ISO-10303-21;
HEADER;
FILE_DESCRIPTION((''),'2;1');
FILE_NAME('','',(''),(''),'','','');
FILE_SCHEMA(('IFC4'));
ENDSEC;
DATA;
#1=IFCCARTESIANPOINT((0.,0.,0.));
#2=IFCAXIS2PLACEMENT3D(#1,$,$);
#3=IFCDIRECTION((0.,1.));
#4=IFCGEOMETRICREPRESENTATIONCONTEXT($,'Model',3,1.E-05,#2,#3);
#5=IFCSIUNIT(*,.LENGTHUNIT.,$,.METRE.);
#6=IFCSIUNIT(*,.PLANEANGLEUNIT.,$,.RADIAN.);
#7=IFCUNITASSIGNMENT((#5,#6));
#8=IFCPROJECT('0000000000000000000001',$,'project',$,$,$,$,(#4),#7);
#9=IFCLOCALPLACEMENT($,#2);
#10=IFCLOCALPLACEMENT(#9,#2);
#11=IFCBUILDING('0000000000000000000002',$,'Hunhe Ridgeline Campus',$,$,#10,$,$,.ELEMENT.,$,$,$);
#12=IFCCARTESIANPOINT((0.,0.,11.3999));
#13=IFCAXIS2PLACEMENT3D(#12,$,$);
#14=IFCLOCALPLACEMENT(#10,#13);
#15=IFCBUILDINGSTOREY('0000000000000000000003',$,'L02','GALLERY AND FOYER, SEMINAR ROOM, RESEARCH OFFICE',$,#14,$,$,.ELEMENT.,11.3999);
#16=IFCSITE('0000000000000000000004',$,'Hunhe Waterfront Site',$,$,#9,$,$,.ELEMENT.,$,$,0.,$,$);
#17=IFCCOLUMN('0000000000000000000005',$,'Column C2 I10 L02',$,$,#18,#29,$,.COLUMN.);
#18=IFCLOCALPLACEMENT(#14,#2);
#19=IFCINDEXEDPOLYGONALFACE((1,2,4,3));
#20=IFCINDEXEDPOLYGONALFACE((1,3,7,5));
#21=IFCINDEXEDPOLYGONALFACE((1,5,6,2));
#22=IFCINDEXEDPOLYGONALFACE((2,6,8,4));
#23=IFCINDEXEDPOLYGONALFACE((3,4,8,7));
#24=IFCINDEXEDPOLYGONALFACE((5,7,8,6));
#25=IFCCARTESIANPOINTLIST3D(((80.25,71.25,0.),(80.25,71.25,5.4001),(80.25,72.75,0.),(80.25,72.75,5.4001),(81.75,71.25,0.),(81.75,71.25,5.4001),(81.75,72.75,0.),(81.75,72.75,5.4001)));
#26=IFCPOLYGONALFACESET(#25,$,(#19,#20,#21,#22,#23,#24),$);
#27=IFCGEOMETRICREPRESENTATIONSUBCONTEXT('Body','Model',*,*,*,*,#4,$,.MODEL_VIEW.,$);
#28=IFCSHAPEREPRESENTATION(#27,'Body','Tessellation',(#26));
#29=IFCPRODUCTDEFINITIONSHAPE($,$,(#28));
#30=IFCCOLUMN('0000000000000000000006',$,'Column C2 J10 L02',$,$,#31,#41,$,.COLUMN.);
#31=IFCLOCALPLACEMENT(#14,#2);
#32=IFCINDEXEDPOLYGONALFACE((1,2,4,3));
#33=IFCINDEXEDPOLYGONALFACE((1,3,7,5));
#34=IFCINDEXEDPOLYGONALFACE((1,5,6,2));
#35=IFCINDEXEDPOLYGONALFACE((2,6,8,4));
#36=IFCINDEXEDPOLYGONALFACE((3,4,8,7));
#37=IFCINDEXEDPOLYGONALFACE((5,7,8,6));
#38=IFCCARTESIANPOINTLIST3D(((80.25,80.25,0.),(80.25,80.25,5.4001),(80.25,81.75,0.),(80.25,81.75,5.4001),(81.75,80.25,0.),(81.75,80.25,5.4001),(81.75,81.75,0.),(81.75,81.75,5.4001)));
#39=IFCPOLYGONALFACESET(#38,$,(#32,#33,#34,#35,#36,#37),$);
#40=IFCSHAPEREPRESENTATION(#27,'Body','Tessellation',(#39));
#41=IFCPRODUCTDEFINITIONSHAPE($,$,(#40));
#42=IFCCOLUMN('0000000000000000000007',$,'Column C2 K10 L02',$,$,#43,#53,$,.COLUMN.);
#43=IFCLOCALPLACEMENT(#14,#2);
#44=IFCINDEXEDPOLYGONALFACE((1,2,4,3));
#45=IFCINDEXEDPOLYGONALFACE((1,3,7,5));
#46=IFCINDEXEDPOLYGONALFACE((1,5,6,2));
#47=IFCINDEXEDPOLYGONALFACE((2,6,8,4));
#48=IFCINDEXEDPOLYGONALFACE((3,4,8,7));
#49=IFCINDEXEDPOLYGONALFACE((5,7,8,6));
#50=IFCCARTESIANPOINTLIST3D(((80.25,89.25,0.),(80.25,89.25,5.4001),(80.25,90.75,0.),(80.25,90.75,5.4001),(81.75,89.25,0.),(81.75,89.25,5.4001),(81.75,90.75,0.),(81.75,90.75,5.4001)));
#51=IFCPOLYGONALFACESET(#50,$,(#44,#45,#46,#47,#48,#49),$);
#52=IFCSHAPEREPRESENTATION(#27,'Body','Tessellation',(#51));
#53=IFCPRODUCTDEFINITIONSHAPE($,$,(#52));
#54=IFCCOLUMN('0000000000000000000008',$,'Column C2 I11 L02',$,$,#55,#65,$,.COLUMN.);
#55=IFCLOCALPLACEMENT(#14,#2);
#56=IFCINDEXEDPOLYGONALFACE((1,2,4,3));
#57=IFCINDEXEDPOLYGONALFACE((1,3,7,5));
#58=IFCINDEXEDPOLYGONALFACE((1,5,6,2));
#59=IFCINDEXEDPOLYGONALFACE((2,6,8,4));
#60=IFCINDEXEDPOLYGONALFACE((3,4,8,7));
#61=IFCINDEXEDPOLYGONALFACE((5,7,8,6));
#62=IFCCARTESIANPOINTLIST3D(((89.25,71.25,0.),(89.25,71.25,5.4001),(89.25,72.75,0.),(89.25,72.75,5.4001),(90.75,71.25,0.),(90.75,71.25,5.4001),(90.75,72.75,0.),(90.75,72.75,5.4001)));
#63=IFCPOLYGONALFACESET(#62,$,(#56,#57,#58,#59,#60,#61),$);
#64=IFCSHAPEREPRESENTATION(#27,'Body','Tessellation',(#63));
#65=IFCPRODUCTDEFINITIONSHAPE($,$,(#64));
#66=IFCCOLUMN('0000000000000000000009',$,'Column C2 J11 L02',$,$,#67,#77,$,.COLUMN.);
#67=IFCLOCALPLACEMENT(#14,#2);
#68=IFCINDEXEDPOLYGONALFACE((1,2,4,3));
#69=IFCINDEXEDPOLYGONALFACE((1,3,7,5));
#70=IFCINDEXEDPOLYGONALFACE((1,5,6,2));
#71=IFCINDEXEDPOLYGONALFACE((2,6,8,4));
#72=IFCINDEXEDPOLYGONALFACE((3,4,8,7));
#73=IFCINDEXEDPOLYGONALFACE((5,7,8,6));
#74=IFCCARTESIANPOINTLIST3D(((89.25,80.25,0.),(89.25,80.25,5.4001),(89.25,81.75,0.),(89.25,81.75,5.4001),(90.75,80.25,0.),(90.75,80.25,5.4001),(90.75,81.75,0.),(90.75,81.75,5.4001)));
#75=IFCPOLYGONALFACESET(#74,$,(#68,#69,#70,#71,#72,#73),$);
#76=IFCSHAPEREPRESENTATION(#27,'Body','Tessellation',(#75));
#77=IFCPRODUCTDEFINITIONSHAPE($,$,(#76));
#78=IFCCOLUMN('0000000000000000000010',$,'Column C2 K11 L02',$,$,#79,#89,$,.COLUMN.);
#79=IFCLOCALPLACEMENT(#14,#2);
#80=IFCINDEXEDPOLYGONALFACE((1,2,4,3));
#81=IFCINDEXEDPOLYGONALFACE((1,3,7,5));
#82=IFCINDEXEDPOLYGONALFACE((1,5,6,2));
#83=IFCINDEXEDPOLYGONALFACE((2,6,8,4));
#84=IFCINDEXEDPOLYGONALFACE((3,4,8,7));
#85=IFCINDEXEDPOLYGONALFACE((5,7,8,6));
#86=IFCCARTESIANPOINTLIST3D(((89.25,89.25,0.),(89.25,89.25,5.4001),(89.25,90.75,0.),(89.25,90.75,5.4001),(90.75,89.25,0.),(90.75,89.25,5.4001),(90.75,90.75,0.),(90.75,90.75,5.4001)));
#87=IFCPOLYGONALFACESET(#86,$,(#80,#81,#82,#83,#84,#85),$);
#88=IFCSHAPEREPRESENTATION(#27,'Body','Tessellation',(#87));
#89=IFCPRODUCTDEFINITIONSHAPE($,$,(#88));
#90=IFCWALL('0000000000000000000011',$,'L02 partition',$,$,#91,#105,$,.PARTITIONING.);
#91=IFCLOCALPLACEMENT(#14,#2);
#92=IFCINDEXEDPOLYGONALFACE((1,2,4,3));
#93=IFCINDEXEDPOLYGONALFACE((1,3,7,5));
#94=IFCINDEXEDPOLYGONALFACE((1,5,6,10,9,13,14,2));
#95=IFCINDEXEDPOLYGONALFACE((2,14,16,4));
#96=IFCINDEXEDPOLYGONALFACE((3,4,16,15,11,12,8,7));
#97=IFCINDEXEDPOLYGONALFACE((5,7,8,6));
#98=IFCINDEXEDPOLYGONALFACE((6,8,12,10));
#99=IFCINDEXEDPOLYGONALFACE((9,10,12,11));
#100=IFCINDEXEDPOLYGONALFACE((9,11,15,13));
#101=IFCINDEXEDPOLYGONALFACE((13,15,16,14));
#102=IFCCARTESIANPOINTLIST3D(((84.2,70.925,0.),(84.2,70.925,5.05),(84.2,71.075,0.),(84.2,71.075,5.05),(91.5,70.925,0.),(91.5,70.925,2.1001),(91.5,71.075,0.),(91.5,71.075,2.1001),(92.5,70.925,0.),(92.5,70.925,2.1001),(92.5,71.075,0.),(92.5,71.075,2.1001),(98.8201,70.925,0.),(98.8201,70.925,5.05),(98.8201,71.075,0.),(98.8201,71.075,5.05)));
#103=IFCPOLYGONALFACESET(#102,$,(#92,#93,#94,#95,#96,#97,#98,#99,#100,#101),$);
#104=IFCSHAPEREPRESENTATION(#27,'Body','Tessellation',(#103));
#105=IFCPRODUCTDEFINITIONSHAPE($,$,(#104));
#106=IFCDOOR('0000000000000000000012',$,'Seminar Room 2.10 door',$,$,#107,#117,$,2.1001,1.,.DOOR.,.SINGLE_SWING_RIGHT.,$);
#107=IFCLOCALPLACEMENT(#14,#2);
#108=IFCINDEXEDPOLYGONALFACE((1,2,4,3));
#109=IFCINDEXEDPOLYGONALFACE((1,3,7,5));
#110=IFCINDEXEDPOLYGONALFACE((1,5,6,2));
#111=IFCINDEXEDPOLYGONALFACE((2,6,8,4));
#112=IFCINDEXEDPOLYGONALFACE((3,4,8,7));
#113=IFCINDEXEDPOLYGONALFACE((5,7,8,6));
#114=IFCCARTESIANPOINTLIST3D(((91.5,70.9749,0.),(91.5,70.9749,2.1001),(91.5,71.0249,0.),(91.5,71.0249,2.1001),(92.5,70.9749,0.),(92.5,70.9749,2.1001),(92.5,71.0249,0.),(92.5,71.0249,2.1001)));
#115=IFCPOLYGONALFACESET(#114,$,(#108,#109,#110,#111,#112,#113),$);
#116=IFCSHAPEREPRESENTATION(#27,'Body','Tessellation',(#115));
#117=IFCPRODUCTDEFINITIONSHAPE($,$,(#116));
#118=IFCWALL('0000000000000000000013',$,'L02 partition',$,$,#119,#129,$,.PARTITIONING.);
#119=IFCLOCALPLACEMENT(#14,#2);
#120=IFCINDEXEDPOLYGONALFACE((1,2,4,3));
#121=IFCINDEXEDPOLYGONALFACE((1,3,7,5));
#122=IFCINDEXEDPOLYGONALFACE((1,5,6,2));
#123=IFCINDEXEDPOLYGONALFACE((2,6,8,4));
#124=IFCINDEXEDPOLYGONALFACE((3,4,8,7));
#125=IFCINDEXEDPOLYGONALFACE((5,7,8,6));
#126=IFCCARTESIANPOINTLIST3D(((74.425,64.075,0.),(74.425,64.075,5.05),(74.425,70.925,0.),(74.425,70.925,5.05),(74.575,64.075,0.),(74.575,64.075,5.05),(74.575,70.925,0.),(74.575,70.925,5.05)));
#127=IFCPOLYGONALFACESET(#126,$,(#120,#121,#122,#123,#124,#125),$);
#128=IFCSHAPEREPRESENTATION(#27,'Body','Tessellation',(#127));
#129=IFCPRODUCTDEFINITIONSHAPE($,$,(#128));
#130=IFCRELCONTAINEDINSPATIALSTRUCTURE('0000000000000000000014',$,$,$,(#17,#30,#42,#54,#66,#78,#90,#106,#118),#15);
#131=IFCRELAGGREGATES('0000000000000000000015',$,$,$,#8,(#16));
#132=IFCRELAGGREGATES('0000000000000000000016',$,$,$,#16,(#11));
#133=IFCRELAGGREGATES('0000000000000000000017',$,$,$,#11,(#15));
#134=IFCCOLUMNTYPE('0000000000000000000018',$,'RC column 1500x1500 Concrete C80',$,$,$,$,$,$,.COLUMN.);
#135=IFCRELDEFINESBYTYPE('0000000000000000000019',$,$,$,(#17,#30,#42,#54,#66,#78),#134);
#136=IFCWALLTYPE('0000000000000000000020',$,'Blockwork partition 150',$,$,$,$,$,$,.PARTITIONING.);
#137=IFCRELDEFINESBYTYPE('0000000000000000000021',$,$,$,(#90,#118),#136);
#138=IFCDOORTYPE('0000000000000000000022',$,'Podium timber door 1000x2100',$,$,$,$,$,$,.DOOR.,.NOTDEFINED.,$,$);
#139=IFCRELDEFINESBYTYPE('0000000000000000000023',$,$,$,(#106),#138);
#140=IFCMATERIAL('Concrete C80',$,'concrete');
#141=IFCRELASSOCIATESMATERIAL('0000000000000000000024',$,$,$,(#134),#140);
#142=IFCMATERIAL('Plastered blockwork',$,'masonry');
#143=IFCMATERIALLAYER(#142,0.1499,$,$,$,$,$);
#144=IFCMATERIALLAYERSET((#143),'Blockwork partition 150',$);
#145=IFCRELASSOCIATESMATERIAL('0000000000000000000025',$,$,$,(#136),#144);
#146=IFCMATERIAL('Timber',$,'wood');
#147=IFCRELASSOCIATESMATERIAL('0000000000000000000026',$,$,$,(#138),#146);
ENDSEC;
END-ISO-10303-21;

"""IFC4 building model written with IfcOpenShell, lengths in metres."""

from ifc_helpers import new_model, si_unit, direction, frame, frame_2d, origin, origin_2d, place, context, subcontext, project, spatial, rectangle, extrude, material, layer, layer_set, material_profile, profile_set, type_object, element, fill, save


model = new_model("IFC4")

# Units and contexts
model_context = context("Model", 3, precision=1e-05, world=origin(), true_north=direction((0.0, 1.0)))
body_context = subcontext(model_context, "Body", "Model", "MODEL_VIEW")
ifc_project = project(units=[si_unit("LENGTHUNIT", "METRE"), si_unit("PLANEANGLEUNIT", "RADIAN")], contexts=[model_context])

# Site, building, storey
site_placement = place(None, origin())
site = spatial("IfcSite", under=ifc_project, at=site_placement, Name="Hunhe Waterfront Site", CompositionType="ELEMENT", RefElevation=0.0)
building_placement = place(site_placement, origin())
building = spatial("IfcBuilding", under=site, at=building_placement, Name="Hunhe Ridgeline Campus", CompositionType="ELEMENT")
storey_placement = place(building_placement, frame((0.0, 0.0, 11.3999)))
storey = spatial("IfcBuildingStorey", under=building, at=storey_placement, Name="L02", Description="GALLERY AND FOYER, SEMINAR ROOM, RESEARCH OFFICE", CompositionType="ELEMENT", Elevation=11.3999)

# Columns
ifc_material_1 = material(Name="Concrete C80", Category="concrete")
ifc_material_profile = material_profile(ifc_material_1, rectangle(XDim=1.5, YDim=1.5, at=origin_2d()))
ifc_profile_set = profile_set([ifc_material_profile], Name="Concrete C80")
column_type = type_object("IfcColumnType", Name="RC column 1500x1500 Concrete C80", PredefinedType="COLUMN", material=ifc_profile_set)
for number, where, z_axis, x_axis, name in (
    (1, (81.0, 72.0, 0.0), (0.0, 0.0, 1.0), (1.0, 0.0, 0.0), "Column C2 I10 L02"),
    (2, (81.0, 81.0, 0.0), (0.0, 0.0, 1.0), (1.0, 0.0, 0.0), "Column C2 J10 L02"),
    (3, (81.0, 90.0, 0.0), (0.0, 0.0, 1.0), (1.0, 0.0, 0.0), "Column C2 K10 L02"),
    (4, (90.0, 72.0, 0.0), (0.0, 0.0, 1.0), (1.0, 0.0, 0.0), "Column C2 I11 L02"),
    (5, (90.0, 81.0, 0.0), (0.0, 0.0, 1.0), (1.0, 0.0, 0.0), "Column C2 J11 L02"),
    (6, (90.0, 90.0, 0.0), (0.0, 0.0, 1.0), (1.0, 0.0, 0.0), "Column C2 K11 L02"),
):
    element("IfcColumn", number, at=place(storey_placement, frame(where, z_axis=z_axis, x_axis=x_axis)), inside=storey, type_object=column_type, Name=name, PredefinedType="COLUMN", context=body_context, shape_type="SweptSolid", body=[
        extrude(rectangle(XDim=1.5, YDim=1.5, at=origin_2d()), origin(), (0.0, 0.0, 1.0), 5.4001),
    ])

# Wall, opening, door
ifc_material_2 = material(Name="Plastered blockwork", Category="masonry")
ifc_layer_1 = layer(ifc_material_2, 0.1499)
ifc_layer_set_1 = layer_set([ifc_layer_1], Name="Blockwork partition 150")
wall_type_1 = type_object("IfcWallType", Name="Blockwork partition 150", PredefinedType="PARTITIONING", material=ifc_layer_set_1)
wall_1_placement = place(storey_placement, frame((84.2, 71.0, 0.0), z_axis=(0.0, 0.0, 1.0), x_axis=(1.0, 0.0, 0.0)))
wall_1 = element("IfcWall", 7, at=wall_1_placement, inside=storey, type_object=wall_type_1, Name="L02 partition", PredefinedType="PARTITIONING", context=body_context, shape_type="SweptSolid", body=[
    extrude(rectangle(XDim=14.6201, YDim=0.1499, at=frame_2d((7.3101, 0.0))), origin(), (0.0, 0.0, 1.0), 5.05),
])
opening_1_placement = place(wall_1_placement, frame((7.3, 0.0, 0.0)))
opening_1 = element("IfcOpeningElement", 8, at=opening_1_placement, cuts=wall_1, PredefinedType="OPENING", context=body_context, shape_type="SweptSolid", body=[
    extrude(rectangle(XDim=1.0, YDim=2.1001, at=frame_2d((0.5, 1.05))), frame((0.0, 0.075, 0.0), z_axis=(0.0, -1.0, 0.0), x_axis=(1.0, 0.0, 0.0)), (0.0, 0.0, 1.0), 0.1499),
])
ifc_material_3 = material(Name="Timber", Category="wood")
door_type_1 = type_object("IfcDoorType", Name="Podium timber door 1000x2100", OperationType="NOTDEFINED", PredefinedType="DOOR", material=ifc_material_3)
door_1_placement = place(opening_1_placement, origin())
door_1 = element("IfcDoor", 9, at=door_1_placement, inside=storey, type_object=door_type_1, Name="Seminar Room 2.10 door", OperationType="SINGLE_SWING_RIGHT", OverallHeight=2.1001, OverallWidth=1.0, PredefinedType="DOOR", context=body_context, shape_type="SweptSolid", body=[
    extrude(rectangle(XDim=1.0, YDim=2.1001, at=frame_2d((0.5, 1.05))), frame((0.0, 0.0249, 0.0), z_axis=(0.0, -1.0, 0.0), x_axis=(1.0, 0.0, 0.0)), (0.0, 0.0, 1.0), 0.05),
])
fill(opening_1, door_1)

# Wall
wall_2_placement = place(storey_placement, frame((74.5, 70.925, 0.0), z_axis=(0.0, 0.0, 1.0), x_axis=(0.0, -1.0, 0.0)))
element("IfcWall", 10, at=wall_2_placement, inside=storey, type_object=wall_type_1, Name="L02 partition", PredefinedType="PARTITIONING", context=body_context, shape_type="SweptSolid", body=[
    extrude(rectangle(XDim=6.8501, YDim=0.1499, at=frame_2d((3.425, 0.0))), origin(), (0.0, 0.0, 1.0), 5.05),
])

save(model, "model.ifc")
